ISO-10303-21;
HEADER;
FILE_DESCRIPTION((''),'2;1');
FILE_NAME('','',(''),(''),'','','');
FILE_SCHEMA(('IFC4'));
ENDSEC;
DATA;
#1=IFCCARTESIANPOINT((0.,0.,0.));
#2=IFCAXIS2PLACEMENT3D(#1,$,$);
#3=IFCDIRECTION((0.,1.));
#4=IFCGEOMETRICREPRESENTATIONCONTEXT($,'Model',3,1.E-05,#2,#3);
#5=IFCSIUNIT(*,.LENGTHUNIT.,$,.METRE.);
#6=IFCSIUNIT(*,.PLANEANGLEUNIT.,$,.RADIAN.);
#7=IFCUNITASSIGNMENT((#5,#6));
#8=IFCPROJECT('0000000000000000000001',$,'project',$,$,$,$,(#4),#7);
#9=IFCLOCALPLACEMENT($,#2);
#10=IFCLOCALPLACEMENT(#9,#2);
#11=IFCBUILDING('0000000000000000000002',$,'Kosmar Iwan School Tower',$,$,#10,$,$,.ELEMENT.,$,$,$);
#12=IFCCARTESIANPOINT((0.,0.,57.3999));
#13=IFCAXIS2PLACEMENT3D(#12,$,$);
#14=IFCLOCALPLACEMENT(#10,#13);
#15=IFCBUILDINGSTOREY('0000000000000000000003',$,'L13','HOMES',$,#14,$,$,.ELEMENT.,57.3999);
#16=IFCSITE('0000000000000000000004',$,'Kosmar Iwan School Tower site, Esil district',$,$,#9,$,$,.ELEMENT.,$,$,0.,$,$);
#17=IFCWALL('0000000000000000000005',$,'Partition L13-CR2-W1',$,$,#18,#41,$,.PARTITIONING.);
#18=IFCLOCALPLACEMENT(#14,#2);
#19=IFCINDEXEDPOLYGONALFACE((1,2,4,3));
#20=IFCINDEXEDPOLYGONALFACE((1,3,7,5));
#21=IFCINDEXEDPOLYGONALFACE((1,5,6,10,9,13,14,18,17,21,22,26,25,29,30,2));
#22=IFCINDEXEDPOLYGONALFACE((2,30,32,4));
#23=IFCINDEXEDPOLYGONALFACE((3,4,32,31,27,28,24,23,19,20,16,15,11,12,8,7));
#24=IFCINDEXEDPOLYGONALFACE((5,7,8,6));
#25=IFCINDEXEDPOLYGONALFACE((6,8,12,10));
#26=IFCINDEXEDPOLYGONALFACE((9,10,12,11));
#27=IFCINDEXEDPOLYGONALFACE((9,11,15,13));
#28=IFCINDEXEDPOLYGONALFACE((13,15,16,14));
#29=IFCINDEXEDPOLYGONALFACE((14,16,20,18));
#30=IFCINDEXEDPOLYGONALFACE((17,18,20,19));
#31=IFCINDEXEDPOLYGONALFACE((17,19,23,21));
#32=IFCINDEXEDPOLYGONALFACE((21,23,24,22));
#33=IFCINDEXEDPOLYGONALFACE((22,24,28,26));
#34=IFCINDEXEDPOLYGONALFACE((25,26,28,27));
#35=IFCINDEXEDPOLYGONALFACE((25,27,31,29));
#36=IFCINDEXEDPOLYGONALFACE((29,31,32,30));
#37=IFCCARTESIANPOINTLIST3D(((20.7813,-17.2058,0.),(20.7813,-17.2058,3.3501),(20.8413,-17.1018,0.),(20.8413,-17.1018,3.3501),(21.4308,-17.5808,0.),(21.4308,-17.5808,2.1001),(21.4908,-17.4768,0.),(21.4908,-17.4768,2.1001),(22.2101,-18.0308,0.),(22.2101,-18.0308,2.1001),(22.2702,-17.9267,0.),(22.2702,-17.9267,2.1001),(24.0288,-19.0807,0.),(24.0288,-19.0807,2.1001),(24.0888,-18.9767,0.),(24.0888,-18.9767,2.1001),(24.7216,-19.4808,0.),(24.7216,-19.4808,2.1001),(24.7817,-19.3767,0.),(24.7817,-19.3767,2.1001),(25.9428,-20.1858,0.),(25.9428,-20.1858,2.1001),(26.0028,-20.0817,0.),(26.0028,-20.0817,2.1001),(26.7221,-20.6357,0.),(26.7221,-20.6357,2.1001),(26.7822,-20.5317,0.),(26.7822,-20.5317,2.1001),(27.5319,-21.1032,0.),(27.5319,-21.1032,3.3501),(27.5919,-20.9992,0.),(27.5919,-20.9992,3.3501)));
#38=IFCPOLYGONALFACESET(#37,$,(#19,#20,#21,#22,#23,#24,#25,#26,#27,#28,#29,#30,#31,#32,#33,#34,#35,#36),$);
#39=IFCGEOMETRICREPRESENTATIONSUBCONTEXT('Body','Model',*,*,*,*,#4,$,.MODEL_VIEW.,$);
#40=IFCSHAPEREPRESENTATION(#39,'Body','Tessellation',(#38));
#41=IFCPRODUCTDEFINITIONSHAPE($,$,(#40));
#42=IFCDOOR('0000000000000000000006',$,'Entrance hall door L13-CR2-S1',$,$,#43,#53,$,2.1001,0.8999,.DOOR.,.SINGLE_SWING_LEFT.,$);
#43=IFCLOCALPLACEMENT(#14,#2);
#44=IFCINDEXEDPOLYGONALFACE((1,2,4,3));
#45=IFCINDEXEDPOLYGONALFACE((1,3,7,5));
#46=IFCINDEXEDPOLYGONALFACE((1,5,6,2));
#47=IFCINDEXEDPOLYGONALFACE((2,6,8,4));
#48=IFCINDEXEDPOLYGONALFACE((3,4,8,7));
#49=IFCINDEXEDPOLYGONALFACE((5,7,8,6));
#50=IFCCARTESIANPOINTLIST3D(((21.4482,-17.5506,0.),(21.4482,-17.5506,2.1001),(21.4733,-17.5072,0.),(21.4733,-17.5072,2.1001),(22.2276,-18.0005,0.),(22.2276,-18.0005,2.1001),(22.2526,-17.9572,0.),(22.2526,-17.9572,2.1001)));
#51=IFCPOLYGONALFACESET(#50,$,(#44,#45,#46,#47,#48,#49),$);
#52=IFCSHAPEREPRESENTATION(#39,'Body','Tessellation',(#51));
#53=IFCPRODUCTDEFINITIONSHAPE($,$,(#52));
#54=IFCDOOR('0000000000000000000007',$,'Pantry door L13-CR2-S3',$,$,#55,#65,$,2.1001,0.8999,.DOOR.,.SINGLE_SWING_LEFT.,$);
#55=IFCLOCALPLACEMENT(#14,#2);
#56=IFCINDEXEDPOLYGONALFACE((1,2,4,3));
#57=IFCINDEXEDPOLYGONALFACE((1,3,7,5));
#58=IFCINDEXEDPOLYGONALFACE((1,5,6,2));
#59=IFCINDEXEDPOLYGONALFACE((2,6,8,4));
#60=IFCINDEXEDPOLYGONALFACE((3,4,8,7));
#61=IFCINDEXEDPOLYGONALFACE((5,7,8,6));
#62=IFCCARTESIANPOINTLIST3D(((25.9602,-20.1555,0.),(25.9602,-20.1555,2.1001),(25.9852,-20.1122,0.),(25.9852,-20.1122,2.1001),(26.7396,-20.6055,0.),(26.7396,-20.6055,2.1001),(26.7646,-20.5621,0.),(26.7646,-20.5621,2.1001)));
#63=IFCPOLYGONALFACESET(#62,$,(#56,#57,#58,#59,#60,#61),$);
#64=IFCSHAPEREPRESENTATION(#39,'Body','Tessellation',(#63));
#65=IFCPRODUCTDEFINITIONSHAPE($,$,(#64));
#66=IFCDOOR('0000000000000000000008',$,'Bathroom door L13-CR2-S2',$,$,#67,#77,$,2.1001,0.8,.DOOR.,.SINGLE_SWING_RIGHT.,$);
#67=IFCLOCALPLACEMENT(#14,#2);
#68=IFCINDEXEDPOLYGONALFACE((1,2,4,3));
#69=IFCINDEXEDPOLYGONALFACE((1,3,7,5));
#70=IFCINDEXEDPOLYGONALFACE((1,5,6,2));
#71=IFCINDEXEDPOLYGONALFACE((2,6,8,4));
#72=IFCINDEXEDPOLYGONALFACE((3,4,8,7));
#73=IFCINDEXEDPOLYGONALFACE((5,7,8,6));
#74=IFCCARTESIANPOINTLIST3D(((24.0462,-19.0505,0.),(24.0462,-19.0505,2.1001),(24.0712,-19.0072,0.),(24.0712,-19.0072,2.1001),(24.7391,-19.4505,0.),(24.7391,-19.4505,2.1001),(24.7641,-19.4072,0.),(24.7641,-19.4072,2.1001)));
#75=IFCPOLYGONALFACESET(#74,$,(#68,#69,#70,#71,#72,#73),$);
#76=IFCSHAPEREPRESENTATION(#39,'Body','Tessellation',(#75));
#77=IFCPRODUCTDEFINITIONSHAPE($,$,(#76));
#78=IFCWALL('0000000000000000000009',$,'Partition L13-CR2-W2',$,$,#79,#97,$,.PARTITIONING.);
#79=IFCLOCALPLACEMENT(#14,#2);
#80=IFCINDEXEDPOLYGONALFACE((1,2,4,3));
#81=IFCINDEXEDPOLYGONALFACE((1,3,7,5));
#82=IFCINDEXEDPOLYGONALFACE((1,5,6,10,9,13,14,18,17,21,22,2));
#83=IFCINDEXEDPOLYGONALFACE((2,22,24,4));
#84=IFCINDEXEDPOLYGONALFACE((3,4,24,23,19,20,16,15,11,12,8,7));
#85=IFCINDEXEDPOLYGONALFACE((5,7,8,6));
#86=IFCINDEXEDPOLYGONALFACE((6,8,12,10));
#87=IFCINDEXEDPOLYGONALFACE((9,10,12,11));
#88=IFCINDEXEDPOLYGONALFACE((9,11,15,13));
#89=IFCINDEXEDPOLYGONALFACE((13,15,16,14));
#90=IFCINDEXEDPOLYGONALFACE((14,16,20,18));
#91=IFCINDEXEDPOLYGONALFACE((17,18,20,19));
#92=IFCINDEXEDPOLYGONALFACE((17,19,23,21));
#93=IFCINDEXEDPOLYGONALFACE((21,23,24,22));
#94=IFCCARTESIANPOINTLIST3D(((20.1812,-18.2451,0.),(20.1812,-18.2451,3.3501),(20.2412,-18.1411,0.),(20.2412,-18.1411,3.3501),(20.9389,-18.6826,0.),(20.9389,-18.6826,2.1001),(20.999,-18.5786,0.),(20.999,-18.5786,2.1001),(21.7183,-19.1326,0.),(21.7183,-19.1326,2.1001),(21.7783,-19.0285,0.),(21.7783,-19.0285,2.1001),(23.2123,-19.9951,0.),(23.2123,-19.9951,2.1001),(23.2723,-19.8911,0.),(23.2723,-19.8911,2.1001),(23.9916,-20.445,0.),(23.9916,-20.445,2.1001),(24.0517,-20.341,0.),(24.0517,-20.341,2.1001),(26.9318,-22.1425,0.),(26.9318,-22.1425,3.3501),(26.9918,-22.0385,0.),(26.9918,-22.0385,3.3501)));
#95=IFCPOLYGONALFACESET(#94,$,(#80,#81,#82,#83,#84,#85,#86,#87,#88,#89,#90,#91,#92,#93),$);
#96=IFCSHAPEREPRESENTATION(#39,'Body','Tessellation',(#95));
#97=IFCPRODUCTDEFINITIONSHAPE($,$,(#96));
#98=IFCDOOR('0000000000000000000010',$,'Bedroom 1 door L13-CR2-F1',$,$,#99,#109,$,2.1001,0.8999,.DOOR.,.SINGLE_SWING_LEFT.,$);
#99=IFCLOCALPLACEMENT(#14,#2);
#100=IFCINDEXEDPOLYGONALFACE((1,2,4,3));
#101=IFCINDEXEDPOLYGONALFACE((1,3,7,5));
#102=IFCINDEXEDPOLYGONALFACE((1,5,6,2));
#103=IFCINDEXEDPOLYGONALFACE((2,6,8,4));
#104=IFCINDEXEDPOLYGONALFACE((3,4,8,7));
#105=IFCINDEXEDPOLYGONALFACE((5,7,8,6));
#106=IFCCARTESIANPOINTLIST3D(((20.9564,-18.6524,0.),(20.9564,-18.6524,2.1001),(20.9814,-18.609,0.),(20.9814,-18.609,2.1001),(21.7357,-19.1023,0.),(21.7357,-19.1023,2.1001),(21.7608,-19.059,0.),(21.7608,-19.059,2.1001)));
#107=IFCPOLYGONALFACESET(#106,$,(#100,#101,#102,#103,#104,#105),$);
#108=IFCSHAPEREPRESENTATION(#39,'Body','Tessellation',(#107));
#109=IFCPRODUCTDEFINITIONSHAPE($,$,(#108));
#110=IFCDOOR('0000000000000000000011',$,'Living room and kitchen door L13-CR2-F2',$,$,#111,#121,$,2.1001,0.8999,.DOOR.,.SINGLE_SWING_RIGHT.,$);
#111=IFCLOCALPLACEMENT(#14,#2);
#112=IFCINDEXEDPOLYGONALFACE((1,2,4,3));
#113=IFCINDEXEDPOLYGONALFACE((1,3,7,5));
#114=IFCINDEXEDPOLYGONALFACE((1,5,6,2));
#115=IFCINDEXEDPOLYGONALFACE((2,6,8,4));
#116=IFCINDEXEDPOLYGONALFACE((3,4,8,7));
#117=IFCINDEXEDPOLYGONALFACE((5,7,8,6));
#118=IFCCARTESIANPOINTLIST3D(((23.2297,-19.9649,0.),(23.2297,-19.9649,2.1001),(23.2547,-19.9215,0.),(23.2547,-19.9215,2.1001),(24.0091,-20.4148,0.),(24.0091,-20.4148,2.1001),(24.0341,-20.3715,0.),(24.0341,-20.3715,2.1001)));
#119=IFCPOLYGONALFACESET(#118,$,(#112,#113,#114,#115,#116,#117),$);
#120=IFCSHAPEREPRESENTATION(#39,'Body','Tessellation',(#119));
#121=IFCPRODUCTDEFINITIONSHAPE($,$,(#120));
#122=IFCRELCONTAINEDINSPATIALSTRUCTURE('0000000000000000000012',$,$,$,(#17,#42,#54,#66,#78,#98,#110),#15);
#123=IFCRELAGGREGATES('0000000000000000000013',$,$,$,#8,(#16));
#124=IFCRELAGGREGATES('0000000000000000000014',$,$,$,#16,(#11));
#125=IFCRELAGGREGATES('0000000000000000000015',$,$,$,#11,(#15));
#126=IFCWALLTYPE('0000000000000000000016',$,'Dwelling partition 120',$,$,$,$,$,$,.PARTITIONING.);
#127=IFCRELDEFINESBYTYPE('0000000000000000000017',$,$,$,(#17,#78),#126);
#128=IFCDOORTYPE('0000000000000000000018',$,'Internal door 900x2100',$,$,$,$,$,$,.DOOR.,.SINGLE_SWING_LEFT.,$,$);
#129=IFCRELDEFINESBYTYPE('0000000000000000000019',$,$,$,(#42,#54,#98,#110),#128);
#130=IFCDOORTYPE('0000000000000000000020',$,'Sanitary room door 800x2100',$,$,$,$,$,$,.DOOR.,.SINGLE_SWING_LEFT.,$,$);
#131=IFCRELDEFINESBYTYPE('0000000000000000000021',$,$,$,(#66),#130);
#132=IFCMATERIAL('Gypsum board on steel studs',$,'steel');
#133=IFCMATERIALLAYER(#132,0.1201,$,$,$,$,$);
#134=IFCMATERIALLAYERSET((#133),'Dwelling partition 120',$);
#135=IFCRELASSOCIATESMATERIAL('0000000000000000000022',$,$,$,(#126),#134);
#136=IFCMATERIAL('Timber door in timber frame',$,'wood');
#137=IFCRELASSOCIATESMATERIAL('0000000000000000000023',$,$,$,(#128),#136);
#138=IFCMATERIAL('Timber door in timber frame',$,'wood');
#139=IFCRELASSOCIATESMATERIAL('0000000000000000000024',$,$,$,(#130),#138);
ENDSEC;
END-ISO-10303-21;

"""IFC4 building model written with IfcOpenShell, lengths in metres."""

from ifc_helpers import new_model, si_unit, direction, frame, frame_2d, origin, place, context, subcontext, project, spatial, rectangle, extrude, material, layer, layer_set, type_object, element, fill, save


model = new_model("IFC4")

# Units and contexts
model_context = context("Model", 3, precision=1e-05, world=origin(), true_north=direction((0.0, 1.0)))
body_context = subcontext(model_context, "Body", "Model", "MODEL_VIEW")
ifc_project = project(units=[si_unit("LENGTHUNIT", "METRE"), si_unit("PLANEANGLEUNIT", "RADIAN")], contexts=[model_context])

# Site, building, storey
site_placement = place(None, origin())
site = spatial("IfcSite", under=ifc_project, at=site_placement, Name="Kosmar Iwan School Tower site, Esil district", CompositionType="ELEMENT", RefElevation=0.0)
building_placement = place(site_placement, origin())
building = spatial("IfcBuilding", under=site, at=building_placement, Name="Kosmar Iwan School Tower", CompositionType="ELEMENT")
storey_placement = place(building_placement, frame((0.0, 0.0, 57.3999)))
storey = spatial("IfcBuildingStorey", under=building, at=storey_placement, Name="L13", Description="HOMES", CompositionType="ELEMENT", Elevation=57.3999)

# Walls, openings, doors
ifc_material_1 = material(Name="Gypsum board on steel studs", Category="steel")
ifc_layer = layer(ifc_material_1, 0.1201)
ifc_layer_set = layer_set([ifc_layer], Name="Dwelling partition 120")
wall_type = type_object("IfcWallType", Name="Dwelling partition 120", PredefinedType="PARTITIONING", material=ifc_layer_set)
wall_1_placement = place(storey_placement, frame((20.8113, -17.1538, 0.0), z_axis=(0.0, 0.0, 1.0), x_axis=(0.86603, -0.499993, 0.0)))
wall_1 = element("IfcWall", 1, at=wall_1_placement, inside=storey, type_object=wall_type, Name="Partition L13-CR2-W1", PredefinedType="PARTITIONING", context=body_context, shape_type="SweptSolid", body=[
    extrude(rectangle(XDim=7.7949, YDim=0.1201, at=frame_2d((3.8975, 0.0))), origin(), (0.0, 0.0, 1.0), 3.3501),
])
opening_1_placement = place(wall_1_placement, frame((0.75, 0.0, 0.0)))
opening_1 = element("IfcOpeningElement", 2, at=opening_1_placement, cuts=wall_1, PredefinedType="OPENING", context=body_context, shape_type="SweptSolid", body=[
    extrude(rectangle(XDim=0.8999, YDim=2.1001, at=frame_2d((0.45, 1.05))), frame((0.0, 0.072, 0.0), z_axis=(0.0, -1.0, 0.0), x_axis=(1.0, 0.0, 0.0)), (0.0, 0.0, 1.0), 0.144),
])
opening_2_placement = place(wall_1_placement, frame((3.75, 0.0, 0.0)))
opening_2 = element("IfcOpeningElement", 3, at=opening_2_placement, cuts=wall_1, PredefinedType="OPENING", context=body_context, shape_type="SweptSolid", body=[
    extrude(rectangle(XDim=0.8, YDim=2.1001, at=frame_2d((0.3999, 1.05))), frame((0.0, 0.072, 0.0), z_axis=(0.0, -1.0, 0.0), x_axis=(1.0, 0.0, 0.0)), (0.0, 0.0, 1.0), 0.144),
])
opening_3_placement = place(wall_1_placement, frame((5.96, 0.0, 0.0)))
opening_3 = element("IfcOpeningElement", 4, at=opening_3_placement, cuts=wall_1, PredefinedType="OPENING", context=body_context, shape_type="SweptSolid", body=[
    extrude(rectangle(XDim=0.8999, YDim=2.1001, at=frame_2d((0.45, 1.05))), frame((0.0, 0.072, 0.0), z_axis=(0.0, -1.0, 0.0), x_axis=(1.0, 0.0, 0.0)), (0.0, 0.0, 1.0), 0.144),
])
ifc_material_2 = material(Name="Timber door in timber frame", Category="wood")
door_type_1 = type_object("IfcDoorType", Name="Internal door 900x2100", OperationType="SINGLE_SWING_LEFT", PredefinedType="DOOR", material=ifc_material_2)
door_1_placement = place(opening_1_placement, origin())
door_1 = element("IfcDoor", 5, at=door_1_placement, inside=storey, type_object=door_type_1, Name="Entrance hall door L13-CR2-S1", OperationType="SINGLE_SWING_LEFT", OverallHeight=2.1001, OverallWidth=0.8999, PredefinedType="DOOR", context=body_context, shape_type="SweptSolid", body=[
    extrude(rectangle(XDim=0.8999, YDim=2.1001, at=frame_2d((0.45, 1.05))), frame((0.0, 0.0249, 0.0), z_axis=(0.0, -1.0, 0.0), x_axis=(1.0, 0.0, 0.0)), (0.0, 0.0, 1.0), 0.05),
])
fill(opening_1, door_1)
door_2_placement = place(opening_3_placement, origin())
door_2 = element("IfcDoor", 6, at=door_2_placement, inside=storey, type_object=door_type_1, Name="Pantry door L13-CR2-S3", OperationType="SINGLE_SWING_LEFT", OverallHeight=2.1001, OverallWidth=0.8999, PredefinedType="DOOR", context=body_context, shape_type="SweptSolid", body=[
    extrude(rectangle(XDim=0.8999, YDim=2.1001, at=frame_2d((0.45, 1.05))), frame((0.0, 0.0249, 0.0), z_axis=(0.0, -1.0, 0.0), x_axis=(1.0, 0.0, 0.0)), (0.0, 0.0, 1.0), 0.05),
])
fill(opening_3, door_2)
ifc_material_3 = material(Name="Timber door in timber frame", Category="wood")
door_type_2 = type_object("IfcDoorType", Name="Sanitary room door 800x2100", OperationType="SINGLE_SWING_LEFT", PredefinedType="DOOR", material=ifc_material_3)
door_3_placement = place(opening_2_placement, origin())
door_3 = element("IfcDoor", 7, at=door_3_placement, inside=storey, type_object=door_type_2, Name="Bathroom door L13-CR2-S2", OperationType="SINGLE_SWING_RIGHT", OverallHeight=2.1001, OverallWidth=0.8, PredefinedType="DOOR", context=body_context, shape_type="SweptSolid", body=[
    extrude(rectangle(XDim=0.8, YDim=2.1001, at=frame_2d((0.3999, 1.05))), frame((0.0, 0.0249, 0.0), z_axis=(0.0, -1.0, 0.0), x_axis=(1.0, 0.0, 0.0)), (0.0, 0.0, 1.0), 0.05),
])
fill(opening_2, door_3)
wall_2_placement = place(storey_placement, frame((20.2112, -18.1931, 0.0), z_axis=(0.0, 0.0, 1.0), x_axis=(0.86603, -0.499993, 0.0)))
wall_2 = element("IfcWall", 8, at=wall_2_placement, inside=storey, type_object=wall_type, Name="Partition L13-CR2-W2", PredefinedType="PARTITIONING", context=body_context, shape_type="SweptSolid", body=[
    extrude(rectangle(XDim=7.7949, YDim=0.1201, at=frame_2d((3.8975, 0.0))), origin(), (0.0, 0.0, 1.0), 3.3501),
])
opening_4_placement = place(wall_2_placement, frame((0.875, 0.0, 0.0)))
opening_4 = element("IfcOpeningElement", 9, at=opening_4_placement, cuts=wall_2, PredefinedType="OPENING", context=body_context, shape_type="SweptSolid", body=[
    extrude(rectangle(XDim=0.8999, YDim=2.1001, at=frame_2d((0.45, 1.05))), frame((0.0, 0.072, 0.0), z_axis=(0.0, -1.0, 0.0), x_axis=(1.0, 0.0, 0.0)), (0.0, 0.0, 1.0), 0.144),
])
opening_5_placement = place(wall_2_placement, frame((3.5, 0.0, 0.0)))
opening_5 = element("IfcOpeningElement", 10, at=opening_5_placement, cuts=wall_2, PredefinedType="OPENING", context=body_context, shape_type="SweptSolid", body=[
    extrude(rectangle(XDim=0.8999, YDim=2.1001, at=frame_2d((0.45, 1.05))), frame((0.0, 0.072, 0.0), z_axis=(0.0, -1.0, 0.0), x_axis=(1.0, 0.0, 0.0)), (0.0, 0.0, 1.0), 0.144),
])
door_4_placement = place(opening_4_placement, origin())
door_4 = element("IfcDoor", 11, at=door_4_placement, inside=storey, type_object=door_type_1, Name="Bedroom 1 door L13-CR2-F1", OperationType="SINGLE_SWING_LEFT", OverallHeight=2.1001, OverallWidth=0.8999, PredefinedType="DOOR", context=body_context, shape_type="SweptSolid", body=[
    extrude(rectangle(XDim=0.8999, YDim=2.1001, at=frame_2d((0.45, 1.05))), frame((0.0, 0.0249, 0.0), z_axis=(0.0, -1.0, 0.0), x_axis=(1.0, 0.0, 0.0)), (0.0, 0.0, 1.0), 0.05),
])
fill(opening_4, door_4)
door_5_placement = place(opening_5_placement, origin())
door_5 = element("IfcDoor", 12, at=door_5_placement, inside=storey, type_object=door_type_1, Name="Living room and kitchen door L13-CR2-F2", OperationType="SINGLE_SWING_RIGHT", OverallHeight=2.1001, OverallWidth=0.8999, PredefinedType="DOOR", context=body_context, shape_type="SweptSolid", body=[
    extrude(rectangle(XDim=0.8999, YDim=2.1001, at=frame_2d((0.45, 1.05))), frame((0.0, 0.0249, 0.0), z_axis=(0.0, -1.0, 0.0), x_axis=(1.0, 0.0, 0.0)), (0.0, 0.0, 1.0), 0.05),
])
fill(opening_5, door_5)

save(model, "model.ifc")
